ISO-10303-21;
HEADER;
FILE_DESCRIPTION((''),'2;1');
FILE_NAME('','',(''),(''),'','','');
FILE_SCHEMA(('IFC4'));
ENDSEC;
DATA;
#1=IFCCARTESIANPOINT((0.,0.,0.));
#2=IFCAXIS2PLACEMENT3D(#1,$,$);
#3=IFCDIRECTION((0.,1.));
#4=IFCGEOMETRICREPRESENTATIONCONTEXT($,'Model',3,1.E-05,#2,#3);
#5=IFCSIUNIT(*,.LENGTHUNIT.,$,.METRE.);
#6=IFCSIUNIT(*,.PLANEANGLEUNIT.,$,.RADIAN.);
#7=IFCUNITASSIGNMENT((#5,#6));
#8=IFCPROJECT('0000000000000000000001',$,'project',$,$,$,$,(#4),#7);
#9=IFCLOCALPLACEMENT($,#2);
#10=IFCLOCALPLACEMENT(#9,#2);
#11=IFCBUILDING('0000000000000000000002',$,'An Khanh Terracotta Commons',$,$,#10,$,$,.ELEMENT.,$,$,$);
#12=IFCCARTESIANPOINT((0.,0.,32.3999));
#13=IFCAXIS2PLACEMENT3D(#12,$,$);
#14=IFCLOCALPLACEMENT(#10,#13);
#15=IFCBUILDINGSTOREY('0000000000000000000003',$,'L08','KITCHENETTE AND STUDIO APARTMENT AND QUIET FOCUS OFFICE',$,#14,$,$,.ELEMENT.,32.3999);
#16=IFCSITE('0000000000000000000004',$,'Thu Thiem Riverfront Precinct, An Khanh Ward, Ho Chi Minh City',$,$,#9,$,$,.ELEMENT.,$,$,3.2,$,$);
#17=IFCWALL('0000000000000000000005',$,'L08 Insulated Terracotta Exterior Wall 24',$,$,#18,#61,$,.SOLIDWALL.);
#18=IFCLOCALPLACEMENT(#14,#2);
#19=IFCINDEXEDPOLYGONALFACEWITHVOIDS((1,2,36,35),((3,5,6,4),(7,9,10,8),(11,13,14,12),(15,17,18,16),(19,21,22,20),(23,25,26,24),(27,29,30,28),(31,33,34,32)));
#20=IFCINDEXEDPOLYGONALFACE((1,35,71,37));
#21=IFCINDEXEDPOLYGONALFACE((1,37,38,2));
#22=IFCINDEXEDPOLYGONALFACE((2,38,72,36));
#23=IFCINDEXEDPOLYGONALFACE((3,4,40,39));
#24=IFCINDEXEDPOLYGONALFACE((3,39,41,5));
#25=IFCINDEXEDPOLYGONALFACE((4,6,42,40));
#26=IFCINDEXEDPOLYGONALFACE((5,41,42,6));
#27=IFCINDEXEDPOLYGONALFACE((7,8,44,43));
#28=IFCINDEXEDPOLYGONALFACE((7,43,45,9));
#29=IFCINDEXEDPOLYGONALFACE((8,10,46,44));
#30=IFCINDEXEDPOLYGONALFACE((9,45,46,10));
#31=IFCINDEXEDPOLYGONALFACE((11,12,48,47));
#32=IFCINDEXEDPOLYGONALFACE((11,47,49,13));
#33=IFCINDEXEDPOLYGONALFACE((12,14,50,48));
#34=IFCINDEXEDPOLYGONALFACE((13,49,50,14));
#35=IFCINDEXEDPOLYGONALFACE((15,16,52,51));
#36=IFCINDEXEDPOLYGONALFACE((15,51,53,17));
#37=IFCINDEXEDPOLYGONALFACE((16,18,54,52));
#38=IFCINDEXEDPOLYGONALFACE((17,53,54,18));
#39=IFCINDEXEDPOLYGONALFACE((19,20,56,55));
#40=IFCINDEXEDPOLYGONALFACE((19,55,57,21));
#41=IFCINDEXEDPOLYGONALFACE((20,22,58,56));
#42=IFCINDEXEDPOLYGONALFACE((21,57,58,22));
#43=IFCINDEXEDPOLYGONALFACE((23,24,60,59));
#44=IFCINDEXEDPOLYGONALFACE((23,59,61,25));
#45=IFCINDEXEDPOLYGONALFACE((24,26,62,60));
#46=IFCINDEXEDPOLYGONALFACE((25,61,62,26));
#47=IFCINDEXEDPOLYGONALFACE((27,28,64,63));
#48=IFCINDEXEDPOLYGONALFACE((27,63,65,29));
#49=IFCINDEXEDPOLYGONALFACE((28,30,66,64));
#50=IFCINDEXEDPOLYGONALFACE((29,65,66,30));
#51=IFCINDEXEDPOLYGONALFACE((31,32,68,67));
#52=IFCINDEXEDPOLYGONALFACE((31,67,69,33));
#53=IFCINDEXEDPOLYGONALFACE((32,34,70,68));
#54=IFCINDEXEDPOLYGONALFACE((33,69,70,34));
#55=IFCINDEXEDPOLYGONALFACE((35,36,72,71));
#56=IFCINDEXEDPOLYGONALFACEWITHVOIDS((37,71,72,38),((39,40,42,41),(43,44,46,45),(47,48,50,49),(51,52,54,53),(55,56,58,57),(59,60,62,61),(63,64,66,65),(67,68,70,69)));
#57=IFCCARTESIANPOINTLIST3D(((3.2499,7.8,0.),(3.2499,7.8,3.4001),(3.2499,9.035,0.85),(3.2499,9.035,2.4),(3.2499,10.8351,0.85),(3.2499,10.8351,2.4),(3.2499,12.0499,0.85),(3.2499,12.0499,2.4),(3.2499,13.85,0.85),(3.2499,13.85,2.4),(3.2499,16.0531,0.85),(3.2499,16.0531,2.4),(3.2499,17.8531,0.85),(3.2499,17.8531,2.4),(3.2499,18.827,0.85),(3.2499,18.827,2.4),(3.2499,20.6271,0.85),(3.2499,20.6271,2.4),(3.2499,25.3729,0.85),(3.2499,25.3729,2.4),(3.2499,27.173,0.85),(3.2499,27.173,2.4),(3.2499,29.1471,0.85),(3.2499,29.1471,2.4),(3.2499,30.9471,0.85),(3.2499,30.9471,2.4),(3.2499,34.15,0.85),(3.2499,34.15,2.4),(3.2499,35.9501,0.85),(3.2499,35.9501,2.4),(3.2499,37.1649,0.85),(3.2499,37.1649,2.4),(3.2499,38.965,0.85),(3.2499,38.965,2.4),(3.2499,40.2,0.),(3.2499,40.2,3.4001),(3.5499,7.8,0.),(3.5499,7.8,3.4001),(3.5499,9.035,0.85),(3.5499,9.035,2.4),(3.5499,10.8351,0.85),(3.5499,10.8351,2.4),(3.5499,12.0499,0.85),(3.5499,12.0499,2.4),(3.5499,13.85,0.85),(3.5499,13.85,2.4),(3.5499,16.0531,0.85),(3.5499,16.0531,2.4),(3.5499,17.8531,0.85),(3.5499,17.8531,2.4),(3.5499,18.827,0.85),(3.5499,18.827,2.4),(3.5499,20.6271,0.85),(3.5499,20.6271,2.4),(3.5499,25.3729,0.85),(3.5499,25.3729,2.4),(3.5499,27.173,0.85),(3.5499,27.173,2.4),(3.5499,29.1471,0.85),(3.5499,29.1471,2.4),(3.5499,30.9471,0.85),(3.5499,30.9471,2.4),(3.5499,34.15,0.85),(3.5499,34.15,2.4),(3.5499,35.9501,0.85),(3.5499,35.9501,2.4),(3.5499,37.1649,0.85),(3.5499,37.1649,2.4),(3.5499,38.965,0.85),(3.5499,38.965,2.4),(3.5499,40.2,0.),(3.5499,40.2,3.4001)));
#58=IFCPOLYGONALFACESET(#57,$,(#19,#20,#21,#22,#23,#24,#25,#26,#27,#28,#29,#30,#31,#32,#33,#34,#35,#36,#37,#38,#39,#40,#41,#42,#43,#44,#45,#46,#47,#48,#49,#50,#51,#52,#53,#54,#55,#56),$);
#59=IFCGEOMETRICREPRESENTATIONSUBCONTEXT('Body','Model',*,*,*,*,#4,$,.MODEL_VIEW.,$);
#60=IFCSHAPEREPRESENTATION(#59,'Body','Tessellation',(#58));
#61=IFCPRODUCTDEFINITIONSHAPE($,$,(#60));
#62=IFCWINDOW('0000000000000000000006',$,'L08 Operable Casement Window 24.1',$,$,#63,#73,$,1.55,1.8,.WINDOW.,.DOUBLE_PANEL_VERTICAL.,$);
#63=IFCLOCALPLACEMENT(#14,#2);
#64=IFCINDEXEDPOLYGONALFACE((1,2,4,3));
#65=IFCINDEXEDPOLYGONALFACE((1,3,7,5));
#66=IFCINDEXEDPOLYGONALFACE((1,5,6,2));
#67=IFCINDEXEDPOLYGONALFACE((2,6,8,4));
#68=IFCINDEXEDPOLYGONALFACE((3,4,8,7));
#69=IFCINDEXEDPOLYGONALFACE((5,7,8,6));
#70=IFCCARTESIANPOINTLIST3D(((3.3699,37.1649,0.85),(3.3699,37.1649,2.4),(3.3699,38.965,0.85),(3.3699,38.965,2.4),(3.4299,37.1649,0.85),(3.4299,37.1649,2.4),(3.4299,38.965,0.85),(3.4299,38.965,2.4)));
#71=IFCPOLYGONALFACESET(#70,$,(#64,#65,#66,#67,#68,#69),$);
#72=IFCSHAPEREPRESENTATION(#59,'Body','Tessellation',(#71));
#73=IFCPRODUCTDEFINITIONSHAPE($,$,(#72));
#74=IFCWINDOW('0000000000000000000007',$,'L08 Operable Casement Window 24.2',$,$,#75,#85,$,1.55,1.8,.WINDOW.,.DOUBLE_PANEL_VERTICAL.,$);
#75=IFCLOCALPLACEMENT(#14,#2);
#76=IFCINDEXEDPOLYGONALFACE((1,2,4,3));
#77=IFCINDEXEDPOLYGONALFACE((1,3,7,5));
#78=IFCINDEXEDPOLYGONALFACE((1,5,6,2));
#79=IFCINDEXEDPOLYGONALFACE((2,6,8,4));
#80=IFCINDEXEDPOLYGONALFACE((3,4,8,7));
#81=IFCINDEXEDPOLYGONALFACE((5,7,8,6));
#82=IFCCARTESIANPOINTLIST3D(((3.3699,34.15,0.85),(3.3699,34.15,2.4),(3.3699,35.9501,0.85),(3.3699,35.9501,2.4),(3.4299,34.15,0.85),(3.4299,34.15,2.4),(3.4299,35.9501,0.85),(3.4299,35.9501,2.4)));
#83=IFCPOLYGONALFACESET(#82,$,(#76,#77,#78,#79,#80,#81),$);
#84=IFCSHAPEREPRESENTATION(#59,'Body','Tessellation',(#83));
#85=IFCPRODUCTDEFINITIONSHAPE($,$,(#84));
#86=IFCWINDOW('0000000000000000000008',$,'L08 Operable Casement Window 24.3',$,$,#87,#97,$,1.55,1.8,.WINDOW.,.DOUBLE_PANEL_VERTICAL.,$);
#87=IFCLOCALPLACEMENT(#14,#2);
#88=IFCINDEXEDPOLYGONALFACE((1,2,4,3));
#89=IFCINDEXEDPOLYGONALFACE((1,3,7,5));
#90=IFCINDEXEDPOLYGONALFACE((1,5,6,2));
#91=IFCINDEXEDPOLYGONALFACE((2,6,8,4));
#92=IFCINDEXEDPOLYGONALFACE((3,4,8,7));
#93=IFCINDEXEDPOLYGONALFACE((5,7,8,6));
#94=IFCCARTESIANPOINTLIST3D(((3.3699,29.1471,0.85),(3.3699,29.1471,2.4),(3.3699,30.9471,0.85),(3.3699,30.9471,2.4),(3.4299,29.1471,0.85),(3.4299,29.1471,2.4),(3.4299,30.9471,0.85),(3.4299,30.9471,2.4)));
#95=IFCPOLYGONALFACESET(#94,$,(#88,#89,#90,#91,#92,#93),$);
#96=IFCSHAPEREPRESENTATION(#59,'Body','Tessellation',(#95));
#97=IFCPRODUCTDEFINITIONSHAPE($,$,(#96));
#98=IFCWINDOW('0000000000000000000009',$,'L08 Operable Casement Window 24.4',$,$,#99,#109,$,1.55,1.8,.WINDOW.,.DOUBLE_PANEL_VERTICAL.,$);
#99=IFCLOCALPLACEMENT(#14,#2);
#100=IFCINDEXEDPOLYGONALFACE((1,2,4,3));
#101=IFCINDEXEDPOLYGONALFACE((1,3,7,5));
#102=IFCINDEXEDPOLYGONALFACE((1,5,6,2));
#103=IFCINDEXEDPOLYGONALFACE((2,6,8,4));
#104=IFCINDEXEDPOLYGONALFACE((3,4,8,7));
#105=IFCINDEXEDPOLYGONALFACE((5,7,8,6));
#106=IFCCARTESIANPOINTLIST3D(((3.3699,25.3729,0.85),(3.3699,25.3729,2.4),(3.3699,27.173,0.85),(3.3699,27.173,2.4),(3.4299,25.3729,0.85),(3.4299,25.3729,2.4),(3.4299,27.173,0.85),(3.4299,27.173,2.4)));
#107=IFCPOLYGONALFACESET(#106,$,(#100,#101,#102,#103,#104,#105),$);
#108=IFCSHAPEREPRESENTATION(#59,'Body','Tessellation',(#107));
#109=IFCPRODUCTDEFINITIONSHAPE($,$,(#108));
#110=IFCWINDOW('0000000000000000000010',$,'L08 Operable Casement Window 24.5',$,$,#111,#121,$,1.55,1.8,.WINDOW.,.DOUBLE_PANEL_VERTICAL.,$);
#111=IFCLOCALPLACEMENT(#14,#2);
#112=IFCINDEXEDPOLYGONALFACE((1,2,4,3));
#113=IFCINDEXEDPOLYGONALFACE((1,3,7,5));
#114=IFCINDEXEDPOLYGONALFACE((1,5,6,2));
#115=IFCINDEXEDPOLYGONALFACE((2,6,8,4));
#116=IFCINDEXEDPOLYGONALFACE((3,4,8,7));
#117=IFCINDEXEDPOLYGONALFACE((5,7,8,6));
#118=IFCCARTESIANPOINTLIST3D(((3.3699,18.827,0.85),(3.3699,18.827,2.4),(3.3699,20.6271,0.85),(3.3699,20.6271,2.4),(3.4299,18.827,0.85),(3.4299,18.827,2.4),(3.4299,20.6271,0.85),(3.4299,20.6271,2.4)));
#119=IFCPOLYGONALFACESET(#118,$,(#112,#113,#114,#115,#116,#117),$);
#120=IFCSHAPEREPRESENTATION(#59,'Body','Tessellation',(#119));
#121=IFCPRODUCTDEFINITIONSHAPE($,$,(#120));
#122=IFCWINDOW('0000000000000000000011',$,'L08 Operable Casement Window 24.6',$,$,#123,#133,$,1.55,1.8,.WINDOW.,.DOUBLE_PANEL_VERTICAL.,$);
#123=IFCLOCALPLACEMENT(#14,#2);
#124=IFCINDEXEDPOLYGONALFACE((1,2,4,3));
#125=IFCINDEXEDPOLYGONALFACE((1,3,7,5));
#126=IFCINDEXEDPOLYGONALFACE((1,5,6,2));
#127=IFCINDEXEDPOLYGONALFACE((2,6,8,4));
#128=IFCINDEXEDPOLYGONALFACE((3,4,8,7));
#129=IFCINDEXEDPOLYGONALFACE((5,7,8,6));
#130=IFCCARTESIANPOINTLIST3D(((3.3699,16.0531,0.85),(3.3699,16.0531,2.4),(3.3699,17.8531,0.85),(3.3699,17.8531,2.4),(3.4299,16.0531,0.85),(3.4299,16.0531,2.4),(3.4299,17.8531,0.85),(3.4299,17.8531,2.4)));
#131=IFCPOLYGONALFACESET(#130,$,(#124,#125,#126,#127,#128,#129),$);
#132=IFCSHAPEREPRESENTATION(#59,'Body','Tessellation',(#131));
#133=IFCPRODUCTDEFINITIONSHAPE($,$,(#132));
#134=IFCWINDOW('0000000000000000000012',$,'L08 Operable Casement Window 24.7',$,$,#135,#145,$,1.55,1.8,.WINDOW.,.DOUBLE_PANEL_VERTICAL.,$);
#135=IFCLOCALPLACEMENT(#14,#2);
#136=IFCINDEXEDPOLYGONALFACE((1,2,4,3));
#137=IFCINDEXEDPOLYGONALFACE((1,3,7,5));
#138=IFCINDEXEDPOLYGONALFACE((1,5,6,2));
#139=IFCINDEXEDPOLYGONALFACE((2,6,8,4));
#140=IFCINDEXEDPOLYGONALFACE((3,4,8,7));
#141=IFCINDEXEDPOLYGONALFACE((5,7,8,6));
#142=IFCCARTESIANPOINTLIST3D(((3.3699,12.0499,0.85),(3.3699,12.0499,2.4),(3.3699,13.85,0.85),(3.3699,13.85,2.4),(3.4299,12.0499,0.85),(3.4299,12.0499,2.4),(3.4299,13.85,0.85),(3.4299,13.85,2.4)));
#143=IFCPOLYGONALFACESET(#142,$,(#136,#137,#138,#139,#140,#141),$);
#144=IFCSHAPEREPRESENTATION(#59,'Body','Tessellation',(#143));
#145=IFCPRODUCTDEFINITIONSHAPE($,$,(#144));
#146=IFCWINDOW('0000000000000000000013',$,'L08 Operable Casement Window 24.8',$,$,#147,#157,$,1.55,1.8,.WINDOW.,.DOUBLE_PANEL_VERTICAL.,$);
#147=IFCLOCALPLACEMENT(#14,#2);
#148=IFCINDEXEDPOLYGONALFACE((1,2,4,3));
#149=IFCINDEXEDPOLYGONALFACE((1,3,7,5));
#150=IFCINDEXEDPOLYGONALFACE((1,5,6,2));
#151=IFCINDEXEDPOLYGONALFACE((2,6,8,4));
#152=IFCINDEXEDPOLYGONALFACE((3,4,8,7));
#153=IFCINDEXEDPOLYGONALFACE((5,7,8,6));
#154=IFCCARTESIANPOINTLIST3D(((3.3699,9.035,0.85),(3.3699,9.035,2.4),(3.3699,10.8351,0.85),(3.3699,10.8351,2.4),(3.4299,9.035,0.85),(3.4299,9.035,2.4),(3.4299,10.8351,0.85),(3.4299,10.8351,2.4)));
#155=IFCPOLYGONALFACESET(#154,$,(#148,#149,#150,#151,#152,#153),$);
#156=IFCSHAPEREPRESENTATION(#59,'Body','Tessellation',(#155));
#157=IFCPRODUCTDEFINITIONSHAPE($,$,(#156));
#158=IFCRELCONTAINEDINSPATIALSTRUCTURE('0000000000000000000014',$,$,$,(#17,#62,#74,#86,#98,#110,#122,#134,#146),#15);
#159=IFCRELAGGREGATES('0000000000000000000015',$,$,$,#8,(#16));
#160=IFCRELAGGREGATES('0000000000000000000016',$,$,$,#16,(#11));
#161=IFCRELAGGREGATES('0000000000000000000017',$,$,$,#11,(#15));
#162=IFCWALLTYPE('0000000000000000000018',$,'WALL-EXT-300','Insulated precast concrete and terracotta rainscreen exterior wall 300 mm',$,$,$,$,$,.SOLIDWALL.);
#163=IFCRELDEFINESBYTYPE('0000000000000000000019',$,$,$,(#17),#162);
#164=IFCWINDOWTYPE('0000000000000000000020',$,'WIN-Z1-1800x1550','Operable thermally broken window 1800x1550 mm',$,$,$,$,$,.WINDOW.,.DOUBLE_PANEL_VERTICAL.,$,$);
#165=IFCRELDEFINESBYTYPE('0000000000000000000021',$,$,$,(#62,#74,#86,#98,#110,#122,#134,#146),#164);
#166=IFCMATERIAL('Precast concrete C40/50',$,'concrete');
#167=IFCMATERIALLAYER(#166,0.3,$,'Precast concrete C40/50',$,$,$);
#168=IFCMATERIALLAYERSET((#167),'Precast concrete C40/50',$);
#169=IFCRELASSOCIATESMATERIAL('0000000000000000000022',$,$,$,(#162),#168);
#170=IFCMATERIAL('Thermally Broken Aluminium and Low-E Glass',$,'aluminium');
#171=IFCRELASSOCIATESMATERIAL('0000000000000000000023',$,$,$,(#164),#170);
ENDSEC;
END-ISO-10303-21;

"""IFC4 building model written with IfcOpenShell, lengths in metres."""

from ifc_helpers import new_model, si_unit, direction, frame, frame_2d, origin, place, context, subcontext, project, spatial, rectangle, extrude, material, layer, layer_set, type_object, element, fill, save


model = new_model("IFC4")

# Units and contexts
model_context = context("Model", 3, precision=1e-05, world=origin(), true_north=direction((0.0, 1.0)))
body_context = subcontext(model_context, "Body", "Model", "MODEL_VIEW")
ifc_project = project(units=[si_unit("LENGTHUNIT", "METRE"), si_unit("PLANEANGLEUNIT", "RADIAN")], contexts=[model_context])

# Site, building, storey
site_placement = place(None, origin())
site = spatial("IfcSite", under=ifc_project, at=site_placement, Name="Thu Thiem Riverfront Precinct, An Khanh Ward, Ho Chi Minh City", CompositionType="ELEMENT", RefElevation=3.2)
building_placement = place(site_placement, origin())
building = spatial("IfcBuilding", under=site, at=building_placement, Name="An Khanh Terracotta Commons", CompositionType="ELEMENT")
storey_placement = place(building_placement, frame((0.0, 0.0, 32.3999)))
storey = spatial("IfcBuildingStorey", under=building, at=storey_placement, Name="L08", Description="KITCHENETTE AND STUDIO APARTMENT AND QUIET FOCUS OFFICE", CompositionType="ELEMENT", Elevation=32.3999)

# Shared definitions
ifc_material_1 = material(Name="Precast concrete C40/50", Category="concrete")
ifc_layer_1 = layer(ifc_material_1, 0.3, Name="Precast concrete C40/50")
ifc_layer_set_1 = layer_set([ifc_layer_1], Name="Precast concrete C40/50")
wall_type_1 = type_object("IfcWallType", Name="WALL-EXT-300", Description="Insulated precast concrete and terracotta rainscreen exterior wall 300 mm", PredefinedType="SOLIDWALL", material=ifc_layer_set_1)

# Wall, openings, windows
wall_1_placement = place(storey_placement, frame((3.3999, 40.2, 0.0), z_axis=(0.0, 0.0, 1.0), x_axis=(0.0, -1.0, 0.0)))
wall_1 = element("IfcWall", 1, at=wall_1_placement, inside=storey, type_object=wall_type_1, Name="L08 Insulated Terracotta Exterior Wall 24", PredefinedType="SOLIDWALL", context=body_context, shape_type="SweptSolid", body=[
    extrude(rectangle(XDim=32.3999, YDim=0.3, at=frame_2d((16.2, 0.0))), origin(), (0.0, 0.0, 1.0), 3.4001),
])
opening_1_placement = place(wall_1_placement, frame((1.2351, 0.0, 0.8501)))
opening_1 = element("IfcOpeningElement", 2, at=opening_1_placement, cuts=wall_1, PredefinedType="OPENING", context=body_context, shape_type="SweptSolid", body=[
    extrude(rectangle(XDim=1.8, YDim=1.55, at=frame_2d((0.8999, 0.7749))), frame((0.0, 0.1599, 0.0), z_axis=(0.0, -1.0, 0.0), x_axis=(1.0, 0.0, 0.0)), (0.0, 0.0, 1.0), 0.3201),
])
opening_2_placement = place(wall_1_placement, frame((4.25, 0.0, 0.8501)))
opening_2 = element("IfcOpeningElement", 3, at=opening_2_placement, cuts=wall_1, PredefinedType="OPENING", context=body_context, shape_type="SweptSolid", body=[
    extrude(rectangle(XDim=1.8, YDim=1.55, at=frame_2d((0.8999, 0.7749))), frame((0.0, 0.1599, 0.0), z_axis=(0.0, -1.0, 0.0), x_axis=(1.0, 0.0, 0.0)), (0.0, 0.0, 1.0), 0.3201),
])
opening_3_placement = place(wall_1_placement, frame((9.2529, 0.0, 0.8501)))
opening_3 = element("IfcOpeningElement", 4, at=opening_3_placement, cuts=wall_1, PredefinedType="OPENING", context=body_context, shape_type="SweptSolid", body=[
    extrude(rectangle(XDim=1.8, YDim=1.55, at=frame_2d((0.8999, 0.7749))), frame((0.0, 0.1599, 0.0), z_axis=(0.0, -1.0, 0.0), x_axis=(1.0, 0.0, 0.0)), (0.0, 0.0, 1.0), 0.3201),
])
opening_4_placement = place(wall_1_placement, frame((13.0271, 0.0, 0.8501)))
opening_4 = element("IfcOpeningElement", 5, at=opening_4_placement, cuts=wall_1, PredefinedType="OPENING", context=body_context, shape_type="SweptSolid", body=[
    extrude(rectangle(XDim=1.8, YDim=1.55, at=frame_2d((0.8999, 0.7749))), frame((0.0, 0.1599, 0.0), z_axis=(0.0, -1.0, 0.0), x_axis=(1.0, 0.0, 0.0)), (0.0, 0.0, 1.0), 0.3201),
])
opening_5_placement = place(wall_1_placement, frame((19.573, 0.0, 0.8501)))
opening_5 = element("IfcOpeningElement", 6, at=opening_5_placement, cuts=wall_1, PredefinedType="OPENING", context=body_context, shape_type="SweptSolid", body=[
    extrude(rectangle(XDim=1.8, YDim=1.55, at=frame_2d((0.8999, 0.7749))), frame((0.0, 0.1599, 0.0), z_axis=(0.0, -1.0, 0.0), x_axis=(1.0, 0.0, 0.0)), (0.0, 0.0, 1.0), 0.3201),
])
opening_6_placement = place(wall_1_placement, frame((22.3469, 0.0, 0.8501)))
opening_6 = element("IfcOpeningElement", 7, at=opening_6_placement, cuts=wall_1, PredefinedType="OPENING", context=body_context, shape_type="SweptSolid", body=[
    extrude(rectangle(XDim=1.8, YDim=1.55, at=frame_2d((0.8999, 0.7749))), frame((0.0, 0.1599, 0.0), z_axis=(0.0, -1.0, 0.0), x_axis=(1.0, 0.0, 0.0)), (0.0, 0.0, 1.0), 0.3201),
])
opening_7_placement = place(wall_1_placement, frame((26.3501, 0.0, 0.8501)))
opening_7 = element("IfcOpeningElement", 8, at=opening_7_placement, cuts=wall_1, PredefinedType="OPENING", context=body_context, shape_type="SweptSolid", body=[
    extrude(rectangle(XDim=1.8, YDim=1.55, at=frame_2d((0.8999, 0.7749))), frame((0.0, 0.1599, 0.0), z_axis=(0.0, -1.0, 0.0), x_axis=(1.0, 0.0, 0.0)), (0.0, 0.0, 1.0), 0.3201),
])
opening_8_placement = place(wall_1_placement, frame((29.365, 0.0, 0.8501)))
opening_8 = element("IfcOpeningElement", 9, at=opening_8_placement, cuts=wall_1, PredefinedType="OPENING", context=body_context, shape_type="SweptSolid", body=[
    extrude(rectangle(XDim=1.8, YDim=1.55, at=frame_2d((0.8999, 0.7749))), frame((0.0, 0.1599, 0.0), z_axis=(0.0, -1.0, 0.0), x_axis=(1.0, 0.0, 0.0)), (0.0, 0.0, 1.0), 0.3201),
])
ifc_material_2 = material(Name="Thermally Broken Aluminium and Low-E Glass", Category="aluminium")
window_type = type_object("IfcWindowType", Name="WIN-Z1-1800x1550", Description="Operable thermally broken window 1800x1550 mm", PartitioningType="DOUBLE_PANEL_VERTICAL", PredefinedType="WINDOW", material=ifc_material_2)
window_1_placement = place(opening_1_placement, origin())
window_1 = element("IfcWindow", 10, at=window_1_placement, inside=storey, type_object=window_type, Name="L08 Operable Casement Window 24.1", OverallHeight=1.55, OverallWidth=1.8, PartitioningType="DOUBLE_PANEL_VERTICAL", PredefinedType="WINDOW", context=body_context, shape_type="SweptSolid", body=[
    extrude(rectangle(XDim=1.8, YDim=1.55, at=frame_2d((0.8999, 0.7749))), frame((0.0, 0.03, 0.0), z_axis=(0.0, -1.0, 0.0), x_axis=(1.0, 0.0, 0.0)), (0.0, 0.0, 1.0), 0.0601),
])
fill(opening_1, window_1)
window_2_placement = place(opening_2_placement, origin())
window_2 = element("IfcWindow", 11, at=window_2_placement, inside=storey, type_object=window_type, Name="L08 Operable Casement Window 24.2", OverallHeight=1.55, OverallWidth=1.8, PartitioningType="DOUBLE_PANEL_VERTICAL", PredefinedType="WINDOW", context=body_context, shape_type="SweptSolid", body=[
    extrude(rectangle(XDim=1.8, YDim=1.55, at=frame_2d((0.8999, 0.7749))), frame((0.0, 0.03, 0.0), z_axis=(0.0, -1.0, 0.0), x_axis=(1.0, 0.0, 0.0)), (0.0, 0.0, 1.0), 0.0601),
])
fill(opening_2, window_2)
window_3_placement = place(opening_3_placement, origin())
window_3 = element("IfcWindow", 12, at=window_3_placement, inside=storey, type_object=window_type, Name="L08 Operable Casement Window 24.3", OverallHeight=1.55, OverallWidth=1.8, PartitioningType="DOUBLE_PANEL_VERTICAL", PredefinedType="WINDOW", context=body_context, shape_type="SweptSolid", body=[
    extrude(rectangle(XDim=1.8, YDim=1.55, at=frame_2d((0.8999, 0.7749))), frame((0.0, 0.03, 0.0), z_axis=(0.0, -1.0, 0.0), x_axis=(1.0, 0.0, 0.0)), (0.0, 0.0, 1.0), 0.0601),
])
fill(opening_3, window_3)
window_4_placement = place(opening_4_placement, origin())
window_4 = element("IfcWindow", 13, at=window_4_placement, inside=storey, type_object=window_type, Name="L08 Operable Casement Window 24.4", OverallHeight=1.55, OverallWidth=1.8, PartitioningType="DOUBLE_PANEL_VERTICAL", PredefinedType="WINDOW", context=body_context, shape_type="SweptSolid", body=[
    extrude(rectangle(XDim=1.8, YDim=1.55, at=frame_2d((0.8999, 0.7749))), frame((0.0, 0.03, 0.0), z_axis=(0.0, -1.0, 0.0), x_axis=(1.0, 0.0, 0.0)), (0.0, 0.0, 1.0), 0.0601),
])
fill(opening_4, window_4)
window_5_placement = place(opening_5_placement, origin())
window_5 = element("IfcWindow", 14, at=window_5_placement, inside=storey, type_object=window_type, Name="L08 Operable Casement Window 24.5", OverallHeight=1.55, OverallWidth=1.8, PartitioningType="DOUBLE_PANEL_VERTICAL", PredefinedType="WINDOW", context=body_context, shape_type="SweptSolid", body=[
    extrude(rectangle(XDim=1.8, YDim=1.55, at=frame_2d((0.8999, 0.7749))), frame((0.0, 0.03, 0.0), z_axis=(0.0, -1.0, 0.0), x_axis=(1.0, 0.0, 0.0)), (0.0, 0.0, 1.0), 0.0601),
])
fill(opening_5, window_5)
window_6_placement = place(opening_6_placement, origin())
window_6 = element("IfcWindow", 15, at=window_6_placement, inside=storey, type_object=window_type, Name="L08 Operable Casement Window 24.6", OverallHeight=1.55, OverallWidth=1.8, PartitioningType="DOUBLE_PANEL_VERTICAL", PredefinedType="WINDOW", context=body_context, shape_type="SweptSolid", body=[
    extrude(rectangle(XDim=1.8, YDim=1.55, at=frame_2d((0.8999, 0.7749))), frame((0.0, 0.03, 0.0), z_axis=(0.0, -1.0, 0.0), x_axis=(1.0, 0.0, 0.0)), (0.0, 0.0, 1.0), 0.0601),
])
fill(opening_6, window_6)
window_7_placement = place(opening_7_placement, origin())
window_7 = element("IfcWindow", 16, at=window_7_placement, inside=storey, type_object=window_type, Name="L08 Operable Casement Window 24.7", OverallHeight=1.55, OverallWidth=1.8, PartitioningType="DOUBLE_PANEL_VERTICAL", PredefinedType="WINDOW", context=body_context, shape_type="SweptSolid", body=[
    extrude(rectangle(XDim=1.8, YDim=1.55, at=frame_2d((0.8999, 0.7749))), frame((0.0, 0.03, 0.0), z_axis=(0.0, -1.0, 0.0), x_axis=(1.0, 0.0, 0.0)), (0.0, 0.0, 1.0), 0.0601),
])
fill(opening_7, window_7)
window_8_placement = place(opening_8_placement, origin())
window_8 = element("IfcWindow", 17, at=window_8_placement, inside=storey, type_object=window_type, Name="L08 Operable Casement Window 24.8", OverallHeight=1.55, OverallWidth=1.8, PartitioningType="DOUBLE_PANEL_VERTICAL", PredefinedType="WINDOW", context=body_context, shape_type="SweptSolid", body=[
    extrude(rectangle(XDim=1.8, YDim=1.55, at=frame_2d((0.8999, 0.7749))), frame((0.0, 0.03, 0.0), z_axis=(0.0, -1.0, 0.0), x_axis=(1.0, 0.0, 0.0)), (0.0, 0.0, 1.0), 0.0601),
])
fill(opening_8, window_8)

save(model, "model.ifc")
